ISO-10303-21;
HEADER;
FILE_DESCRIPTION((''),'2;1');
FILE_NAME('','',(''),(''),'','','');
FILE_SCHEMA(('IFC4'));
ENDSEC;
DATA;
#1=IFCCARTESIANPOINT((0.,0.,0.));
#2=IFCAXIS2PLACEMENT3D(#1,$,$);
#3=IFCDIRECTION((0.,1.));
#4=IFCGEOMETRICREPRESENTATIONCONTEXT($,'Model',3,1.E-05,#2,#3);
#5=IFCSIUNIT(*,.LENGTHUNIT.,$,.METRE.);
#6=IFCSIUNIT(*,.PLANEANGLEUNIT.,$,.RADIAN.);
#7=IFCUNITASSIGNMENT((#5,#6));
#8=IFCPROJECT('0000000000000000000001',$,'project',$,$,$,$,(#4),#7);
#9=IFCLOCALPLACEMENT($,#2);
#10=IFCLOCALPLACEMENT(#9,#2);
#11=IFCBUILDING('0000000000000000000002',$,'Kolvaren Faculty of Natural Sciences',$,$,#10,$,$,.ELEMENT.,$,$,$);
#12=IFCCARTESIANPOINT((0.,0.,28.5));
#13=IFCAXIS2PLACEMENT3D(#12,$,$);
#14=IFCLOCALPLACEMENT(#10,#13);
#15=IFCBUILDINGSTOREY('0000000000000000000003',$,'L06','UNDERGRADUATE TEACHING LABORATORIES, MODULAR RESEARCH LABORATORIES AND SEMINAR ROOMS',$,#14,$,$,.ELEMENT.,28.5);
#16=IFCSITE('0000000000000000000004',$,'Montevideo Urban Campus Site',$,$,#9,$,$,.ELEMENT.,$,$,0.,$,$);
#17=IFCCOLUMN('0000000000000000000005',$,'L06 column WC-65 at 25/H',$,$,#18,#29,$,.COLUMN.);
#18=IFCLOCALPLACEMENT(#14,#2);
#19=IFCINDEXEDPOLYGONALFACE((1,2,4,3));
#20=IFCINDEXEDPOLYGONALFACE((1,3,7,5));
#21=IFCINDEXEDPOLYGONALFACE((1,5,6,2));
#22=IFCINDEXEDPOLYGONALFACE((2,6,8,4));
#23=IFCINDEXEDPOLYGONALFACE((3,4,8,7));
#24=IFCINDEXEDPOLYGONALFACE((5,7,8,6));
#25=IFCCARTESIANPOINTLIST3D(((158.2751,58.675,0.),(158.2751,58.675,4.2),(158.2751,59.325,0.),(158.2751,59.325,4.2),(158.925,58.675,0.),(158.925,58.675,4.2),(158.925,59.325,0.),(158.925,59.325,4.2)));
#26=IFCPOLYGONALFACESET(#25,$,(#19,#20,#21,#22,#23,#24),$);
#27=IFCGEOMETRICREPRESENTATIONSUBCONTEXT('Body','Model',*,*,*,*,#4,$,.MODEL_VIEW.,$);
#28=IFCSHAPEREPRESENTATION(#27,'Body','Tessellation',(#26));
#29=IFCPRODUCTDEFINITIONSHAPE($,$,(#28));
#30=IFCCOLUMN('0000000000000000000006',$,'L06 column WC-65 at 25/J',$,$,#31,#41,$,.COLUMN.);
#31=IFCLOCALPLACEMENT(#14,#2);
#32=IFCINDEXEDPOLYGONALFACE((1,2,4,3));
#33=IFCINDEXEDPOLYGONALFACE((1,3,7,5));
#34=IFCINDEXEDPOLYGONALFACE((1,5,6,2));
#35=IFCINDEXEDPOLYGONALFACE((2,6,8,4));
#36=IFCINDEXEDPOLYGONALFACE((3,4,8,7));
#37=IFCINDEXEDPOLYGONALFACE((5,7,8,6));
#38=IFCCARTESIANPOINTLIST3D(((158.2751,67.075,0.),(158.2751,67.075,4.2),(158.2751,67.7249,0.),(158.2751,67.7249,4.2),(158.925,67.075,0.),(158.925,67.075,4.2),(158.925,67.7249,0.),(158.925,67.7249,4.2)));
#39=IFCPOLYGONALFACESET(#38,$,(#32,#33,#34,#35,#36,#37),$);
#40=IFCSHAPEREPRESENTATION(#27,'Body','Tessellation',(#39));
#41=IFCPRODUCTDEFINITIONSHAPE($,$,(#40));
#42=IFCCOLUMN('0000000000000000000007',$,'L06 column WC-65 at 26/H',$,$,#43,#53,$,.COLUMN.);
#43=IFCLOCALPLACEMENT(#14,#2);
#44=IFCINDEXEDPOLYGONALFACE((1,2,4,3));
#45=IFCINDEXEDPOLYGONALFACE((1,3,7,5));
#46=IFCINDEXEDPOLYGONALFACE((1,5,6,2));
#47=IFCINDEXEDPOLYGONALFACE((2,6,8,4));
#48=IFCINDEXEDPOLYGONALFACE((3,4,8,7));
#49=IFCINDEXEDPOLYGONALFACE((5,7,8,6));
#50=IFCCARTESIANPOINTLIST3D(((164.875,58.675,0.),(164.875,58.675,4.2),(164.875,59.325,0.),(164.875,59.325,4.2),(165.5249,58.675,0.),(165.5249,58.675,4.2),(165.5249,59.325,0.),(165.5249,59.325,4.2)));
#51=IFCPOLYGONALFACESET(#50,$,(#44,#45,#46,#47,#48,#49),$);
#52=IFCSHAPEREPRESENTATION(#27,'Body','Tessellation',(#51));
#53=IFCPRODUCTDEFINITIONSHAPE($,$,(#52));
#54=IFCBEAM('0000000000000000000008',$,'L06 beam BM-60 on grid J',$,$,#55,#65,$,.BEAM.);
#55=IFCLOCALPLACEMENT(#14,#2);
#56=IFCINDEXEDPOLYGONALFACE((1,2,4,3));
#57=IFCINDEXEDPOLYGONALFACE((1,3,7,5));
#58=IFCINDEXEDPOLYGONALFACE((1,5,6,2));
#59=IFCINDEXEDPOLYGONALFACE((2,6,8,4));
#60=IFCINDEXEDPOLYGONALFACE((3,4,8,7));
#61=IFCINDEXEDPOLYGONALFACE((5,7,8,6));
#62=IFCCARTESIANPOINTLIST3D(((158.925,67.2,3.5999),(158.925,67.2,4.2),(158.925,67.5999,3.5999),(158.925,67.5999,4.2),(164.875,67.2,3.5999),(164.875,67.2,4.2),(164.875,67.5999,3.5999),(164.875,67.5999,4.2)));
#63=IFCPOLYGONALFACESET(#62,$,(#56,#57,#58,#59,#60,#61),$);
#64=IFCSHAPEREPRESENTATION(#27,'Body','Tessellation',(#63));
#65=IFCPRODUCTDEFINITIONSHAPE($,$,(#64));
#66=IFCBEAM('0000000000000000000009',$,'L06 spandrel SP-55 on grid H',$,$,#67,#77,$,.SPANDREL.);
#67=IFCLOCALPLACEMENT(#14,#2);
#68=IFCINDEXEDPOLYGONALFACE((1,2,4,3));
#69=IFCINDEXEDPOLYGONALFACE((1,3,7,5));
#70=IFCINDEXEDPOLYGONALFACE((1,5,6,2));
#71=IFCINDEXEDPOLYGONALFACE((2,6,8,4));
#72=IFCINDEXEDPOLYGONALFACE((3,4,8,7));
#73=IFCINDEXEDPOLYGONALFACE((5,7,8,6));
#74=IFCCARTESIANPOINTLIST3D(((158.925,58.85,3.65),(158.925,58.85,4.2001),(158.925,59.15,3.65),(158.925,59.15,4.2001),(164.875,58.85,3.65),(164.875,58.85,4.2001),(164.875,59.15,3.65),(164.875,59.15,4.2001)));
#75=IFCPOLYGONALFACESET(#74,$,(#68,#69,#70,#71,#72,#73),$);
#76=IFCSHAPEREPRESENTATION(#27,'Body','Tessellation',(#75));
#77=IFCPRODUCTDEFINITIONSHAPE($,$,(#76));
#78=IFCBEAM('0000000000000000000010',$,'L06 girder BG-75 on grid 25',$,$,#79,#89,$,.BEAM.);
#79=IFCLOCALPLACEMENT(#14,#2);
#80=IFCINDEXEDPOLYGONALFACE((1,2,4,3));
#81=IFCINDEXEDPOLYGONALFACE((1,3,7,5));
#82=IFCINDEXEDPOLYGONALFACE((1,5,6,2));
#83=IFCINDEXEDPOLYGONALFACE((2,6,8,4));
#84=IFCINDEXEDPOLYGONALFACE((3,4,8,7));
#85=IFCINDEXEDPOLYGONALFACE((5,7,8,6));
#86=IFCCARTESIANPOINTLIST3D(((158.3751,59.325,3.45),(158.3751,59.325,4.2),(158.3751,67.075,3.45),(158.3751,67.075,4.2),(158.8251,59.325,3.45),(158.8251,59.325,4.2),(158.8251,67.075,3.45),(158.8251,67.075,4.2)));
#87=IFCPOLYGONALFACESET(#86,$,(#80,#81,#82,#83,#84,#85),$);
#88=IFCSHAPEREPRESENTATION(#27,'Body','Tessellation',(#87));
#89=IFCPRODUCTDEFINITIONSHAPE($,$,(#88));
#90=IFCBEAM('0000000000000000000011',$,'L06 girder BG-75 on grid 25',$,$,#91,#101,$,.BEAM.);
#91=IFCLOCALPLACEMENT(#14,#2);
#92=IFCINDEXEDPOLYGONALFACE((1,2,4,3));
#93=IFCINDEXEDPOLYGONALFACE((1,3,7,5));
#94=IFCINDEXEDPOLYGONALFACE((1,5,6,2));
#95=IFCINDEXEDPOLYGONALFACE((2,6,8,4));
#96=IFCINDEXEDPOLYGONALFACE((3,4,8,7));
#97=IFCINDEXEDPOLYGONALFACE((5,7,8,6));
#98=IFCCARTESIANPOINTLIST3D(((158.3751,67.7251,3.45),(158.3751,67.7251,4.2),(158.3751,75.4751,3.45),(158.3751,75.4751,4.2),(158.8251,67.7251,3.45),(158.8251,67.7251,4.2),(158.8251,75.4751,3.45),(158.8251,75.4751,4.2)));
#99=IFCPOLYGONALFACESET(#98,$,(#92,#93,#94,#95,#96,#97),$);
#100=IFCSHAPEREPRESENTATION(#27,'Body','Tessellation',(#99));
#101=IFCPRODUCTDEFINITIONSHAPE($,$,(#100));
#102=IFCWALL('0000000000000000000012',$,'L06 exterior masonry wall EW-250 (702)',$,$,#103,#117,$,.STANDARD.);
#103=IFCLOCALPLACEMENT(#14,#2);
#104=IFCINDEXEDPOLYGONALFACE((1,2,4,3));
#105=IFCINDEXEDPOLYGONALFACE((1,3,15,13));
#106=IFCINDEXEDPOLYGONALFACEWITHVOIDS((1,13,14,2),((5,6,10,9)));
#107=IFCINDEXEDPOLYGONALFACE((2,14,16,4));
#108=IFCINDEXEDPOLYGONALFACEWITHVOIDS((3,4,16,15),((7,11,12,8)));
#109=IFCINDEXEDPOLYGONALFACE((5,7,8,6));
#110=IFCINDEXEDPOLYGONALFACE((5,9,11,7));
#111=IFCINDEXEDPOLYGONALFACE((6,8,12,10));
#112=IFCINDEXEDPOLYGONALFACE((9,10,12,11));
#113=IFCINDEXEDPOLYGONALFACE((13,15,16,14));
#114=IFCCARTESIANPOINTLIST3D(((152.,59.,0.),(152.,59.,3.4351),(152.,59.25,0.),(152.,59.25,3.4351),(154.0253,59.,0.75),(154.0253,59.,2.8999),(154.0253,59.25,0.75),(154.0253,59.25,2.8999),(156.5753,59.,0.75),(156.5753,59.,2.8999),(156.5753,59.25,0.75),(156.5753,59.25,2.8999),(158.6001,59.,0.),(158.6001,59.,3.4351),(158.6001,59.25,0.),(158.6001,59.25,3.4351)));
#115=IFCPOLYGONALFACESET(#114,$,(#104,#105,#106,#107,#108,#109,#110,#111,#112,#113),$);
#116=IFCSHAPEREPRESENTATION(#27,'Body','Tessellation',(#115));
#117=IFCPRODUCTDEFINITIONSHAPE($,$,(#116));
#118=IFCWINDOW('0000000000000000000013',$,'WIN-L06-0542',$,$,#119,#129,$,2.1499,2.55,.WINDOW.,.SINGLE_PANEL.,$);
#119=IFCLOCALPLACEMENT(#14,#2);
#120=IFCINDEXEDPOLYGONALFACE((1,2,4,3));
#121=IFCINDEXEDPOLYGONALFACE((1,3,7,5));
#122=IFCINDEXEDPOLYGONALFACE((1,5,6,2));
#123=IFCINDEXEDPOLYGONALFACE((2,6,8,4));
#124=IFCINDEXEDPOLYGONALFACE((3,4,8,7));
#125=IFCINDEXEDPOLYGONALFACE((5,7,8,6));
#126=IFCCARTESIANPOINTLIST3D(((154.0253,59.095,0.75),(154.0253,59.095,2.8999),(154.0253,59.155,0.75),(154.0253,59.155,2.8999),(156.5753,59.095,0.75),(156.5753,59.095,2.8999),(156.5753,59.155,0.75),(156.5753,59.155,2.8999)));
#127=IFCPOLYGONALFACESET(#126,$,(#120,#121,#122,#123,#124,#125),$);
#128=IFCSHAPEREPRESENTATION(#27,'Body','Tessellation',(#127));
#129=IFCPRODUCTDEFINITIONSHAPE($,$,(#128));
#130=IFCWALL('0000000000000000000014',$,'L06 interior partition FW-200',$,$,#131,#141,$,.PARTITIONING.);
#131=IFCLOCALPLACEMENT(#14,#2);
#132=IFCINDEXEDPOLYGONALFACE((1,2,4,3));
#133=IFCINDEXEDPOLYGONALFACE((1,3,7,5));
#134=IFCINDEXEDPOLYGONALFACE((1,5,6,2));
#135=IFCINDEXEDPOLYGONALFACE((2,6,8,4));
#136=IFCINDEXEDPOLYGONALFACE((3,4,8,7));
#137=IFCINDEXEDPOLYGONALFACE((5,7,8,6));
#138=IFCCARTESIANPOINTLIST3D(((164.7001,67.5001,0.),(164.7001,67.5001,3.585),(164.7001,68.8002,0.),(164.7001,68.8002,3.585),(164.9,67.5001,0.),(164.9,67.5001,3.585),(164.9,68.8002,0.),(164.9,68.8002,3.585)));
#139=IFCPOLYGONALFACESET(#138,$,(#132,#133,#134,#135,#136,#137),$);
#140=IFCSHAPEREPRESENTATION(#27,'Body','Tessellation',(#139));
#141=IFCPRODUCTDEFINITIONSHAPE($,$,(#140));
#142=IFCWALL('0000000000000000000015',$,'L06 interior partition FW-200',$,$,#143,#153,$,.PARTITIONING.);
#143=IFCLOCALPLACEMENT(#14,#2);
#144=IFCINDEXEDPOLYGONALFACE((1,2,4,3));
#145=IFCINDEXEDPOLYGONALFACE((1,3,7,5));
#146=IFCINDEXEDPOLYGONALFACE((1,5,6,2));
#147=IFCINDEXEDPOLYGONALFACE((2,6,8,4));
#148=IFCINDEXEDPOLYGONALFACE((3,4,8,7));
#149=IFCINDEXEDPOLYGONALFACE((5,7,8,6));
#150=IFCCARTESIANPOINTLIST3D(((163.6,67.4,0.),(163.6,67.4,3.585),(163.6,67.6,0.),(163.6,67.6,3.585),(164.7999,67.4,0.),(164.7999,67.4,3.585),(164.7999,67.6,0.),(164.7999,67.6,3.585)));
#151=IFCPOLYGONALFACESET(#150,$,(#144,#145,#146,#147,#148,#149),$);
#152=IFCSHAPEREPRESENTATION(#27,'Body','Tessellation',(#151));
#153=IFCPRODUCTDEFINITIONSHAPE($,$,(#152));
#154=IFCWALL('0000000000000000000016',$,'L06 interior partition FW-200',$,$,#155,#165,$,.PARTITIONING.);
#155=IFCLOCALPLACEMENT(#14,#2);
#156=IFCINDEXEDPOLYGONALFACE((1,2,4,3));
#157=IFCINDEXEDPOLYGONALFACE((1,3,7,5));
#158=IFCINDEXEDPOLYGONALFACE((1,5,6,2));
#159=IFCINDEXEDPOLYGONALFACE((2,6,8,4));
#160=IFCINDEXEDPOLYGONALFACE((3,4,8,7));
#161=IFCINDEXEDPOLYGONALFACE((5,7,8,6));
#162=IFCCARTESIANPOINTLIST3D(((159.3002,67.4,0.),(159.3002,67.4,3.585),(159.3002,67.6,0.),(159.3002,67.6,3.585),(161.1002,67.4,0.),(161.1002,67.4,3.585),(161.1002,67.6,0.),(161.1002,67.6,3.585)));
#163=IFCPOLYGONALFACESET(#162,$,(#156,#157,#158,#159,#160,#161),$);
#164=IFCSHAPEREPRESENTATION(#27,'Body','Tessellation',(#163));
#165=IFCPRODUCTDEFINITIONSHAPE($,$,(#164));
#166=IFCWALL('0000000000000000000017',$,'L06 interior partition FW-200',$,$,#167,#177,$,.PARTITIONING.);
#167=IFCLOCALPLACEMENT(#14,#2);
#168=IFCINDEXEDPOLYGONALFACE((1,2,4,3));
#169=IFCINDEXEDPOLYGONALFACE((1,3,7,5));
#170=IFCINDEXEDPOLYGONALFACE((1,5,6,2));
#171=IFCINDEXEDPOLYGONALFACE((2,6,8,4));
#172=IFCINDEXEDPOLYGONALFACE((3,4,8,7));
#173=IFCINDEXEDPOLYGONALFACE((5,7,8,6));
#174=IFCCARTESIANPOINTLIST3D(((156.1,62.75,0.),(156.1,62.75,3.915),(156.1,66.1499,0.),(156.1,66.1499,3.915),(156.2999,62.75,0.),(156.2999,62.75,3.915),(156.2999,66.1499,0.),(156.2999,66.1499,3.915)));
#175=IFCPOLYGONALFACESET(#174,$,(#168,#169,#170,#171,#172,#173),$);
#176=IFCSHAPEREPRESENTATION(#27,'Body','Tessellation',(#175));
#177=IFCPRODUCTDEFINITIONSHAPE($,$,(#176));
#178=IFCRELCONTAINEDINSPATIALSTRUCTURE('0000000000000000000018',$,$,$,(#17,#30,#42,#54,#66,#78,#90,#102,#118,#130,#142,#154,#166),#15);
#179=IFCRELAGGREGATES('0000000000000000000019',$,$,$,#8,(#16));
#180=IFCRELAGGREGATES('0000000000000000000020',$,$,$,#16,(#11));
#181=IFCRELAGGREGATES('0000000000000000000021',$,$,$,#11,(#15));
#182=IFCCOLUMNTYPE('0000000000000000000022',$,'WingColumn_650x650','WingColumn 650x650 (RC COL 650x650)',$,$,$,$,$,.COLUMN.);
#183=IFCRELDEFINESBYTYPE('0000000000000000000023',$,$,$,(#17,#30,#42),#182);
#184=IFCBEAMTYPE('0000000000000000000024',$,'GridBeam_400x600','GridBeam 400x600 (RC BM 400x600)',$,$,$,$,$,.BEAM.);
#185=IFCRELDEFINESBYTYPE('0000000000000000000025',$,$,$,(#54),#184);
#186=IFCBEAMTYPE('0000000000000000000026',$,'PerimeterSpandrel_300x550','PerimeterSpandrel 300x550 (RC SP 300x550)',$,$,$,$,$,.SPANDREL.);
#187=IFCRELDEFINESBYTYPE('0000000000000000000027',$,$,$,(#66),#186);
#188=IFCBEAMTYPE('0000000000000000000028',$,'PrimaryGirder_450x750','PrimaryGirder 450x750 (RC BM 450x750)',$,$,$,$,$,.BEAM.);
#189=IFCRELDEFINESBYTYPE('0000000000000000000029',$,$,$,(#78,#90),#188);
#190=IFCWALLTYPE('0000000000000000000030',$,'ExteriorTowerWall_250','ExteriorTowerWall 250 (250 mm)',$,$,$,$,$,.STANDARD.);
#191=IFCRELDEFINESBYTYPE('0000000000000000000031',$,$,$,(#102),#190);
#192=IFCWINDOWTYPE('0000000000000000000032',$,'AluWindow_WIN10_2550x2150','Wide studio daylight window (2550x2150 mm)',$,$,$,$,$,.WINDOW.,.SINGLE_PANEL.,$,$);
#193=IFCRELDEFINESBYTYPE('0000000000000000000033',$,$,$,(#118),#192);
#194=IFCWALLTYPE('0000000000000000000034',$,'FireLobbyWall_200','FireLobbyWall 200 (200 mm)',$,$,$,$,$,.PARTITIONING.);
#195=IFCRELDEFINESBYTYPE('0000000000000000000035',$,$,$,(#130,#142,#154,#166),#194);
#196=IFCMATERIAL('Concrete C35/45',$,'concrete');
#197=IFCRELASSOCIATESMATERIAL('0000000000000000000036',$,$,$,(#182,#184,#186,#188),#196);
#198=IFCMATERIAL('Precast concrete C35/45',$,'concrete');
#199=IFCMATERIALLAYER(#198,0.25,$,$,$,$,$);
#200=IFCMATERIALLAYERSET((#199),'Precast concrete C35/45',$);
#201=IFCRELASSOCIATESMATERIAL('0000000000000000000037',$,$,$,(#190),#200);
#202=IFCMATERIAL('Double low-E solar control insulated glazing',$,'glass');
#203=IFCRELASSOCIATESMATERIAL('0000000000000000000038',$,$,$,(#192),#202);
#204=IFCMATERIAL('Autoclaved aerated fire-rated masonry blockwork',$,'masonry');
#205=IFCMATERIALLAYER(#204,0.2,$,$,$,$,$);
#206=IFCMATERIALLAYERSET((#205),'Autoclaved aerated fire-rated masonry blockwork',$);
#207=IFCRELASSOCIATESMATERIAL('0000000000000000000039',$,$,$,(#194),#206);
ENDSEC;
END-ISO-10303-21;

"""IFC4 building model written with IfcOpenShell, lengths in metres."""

from ifc_helpers import new_model, si_unit, direction, frame, frame_2d, origin, origin_2d, place, context, subcontext, project, spatial, rectangle, extrude, material, layer, layer_set, material_profile, profile_set, type_object, element, fill, save


model = new_model("IFC4")

# Units and contexts
model_context = context("Model", 3, precision=1e-05, world=origin(), true_north=direction((0.0, 1.0)))
body_context = subcontext(model_context, "Body", "Model", "MODEL_VIEW")
ifc_project = project(units=[si_unit("LENGTHUNIT", "METRE"), si_unit("PLANEANGLEUNIT", "RADIAN")], contexts=[model_context])

# Site, building, storey
site_placement = place(None, origin())
site = spatial("IfcSite", under=ifc_project, at=site_placement, Name="Montevideo Urban Campus Site", CompositionType="ELEMENT", RefElevation=0.0)
building_placement = place(site_placement, origin())
building = spatial("IfcBuilding", under=site, at=building_placement, Name="Kolvaren Faculty of Natural Sciences", CompositionType="ELEMENT")
storey_placement = place(building_placement, frame((0.0, 0.0, 28.5)))
storey = spatial("IfcBuildingStorey", under=building, at=storey_placement, Name="L06", Description="UNDERGRADUATE TEACHING LABORATORIES, MODULAR RESEARCH LABORATORIES AND SEMINAR ROOMS", CompositionType="ELEMENT", Elevation=28.5)

# Columns
ifc_material_1 = material(Name="Concrete C35/45", Category="concrete")
ifc_material_profile_1 = material_profile(ifc_material_1, rectangle(XDim=0.6499, YDim=0.6499, at=origin_2d()), Name="RC COL 650x650")
ifc_profile_set_1 = profile_set([ifc_material_profile_1], Name="Concrete C35/45")
column_type = type_object("IfcColumnType", Name="WingColumn_650x650", Description="WingColumn 650x650 (RC COL 650x650)", PredefinedType="COLUMN", material=ifc_profile_set_1)
for number, where, z_axis, x_axis, name in (
    (1, (158.6001, 59.0, 0.0), (0.0, 0.0, 1.0), (1.0, 0.0, 0.0), "L06 column WC-65 at 25/H"),
    (2, (158.6001, 67.3999, 0.0), (0.0, 0.0, 1.0), (1.0, 0.0, 0.0), "L06 column WC-65 at 25/J"),
    (3, (165.2, 59.0, 0.0), (0.0, 0.0, 1.0), (1.0, 0.0, 0.0), "L06 column WC-65 at 26/H"),
):
    element("IfcColumn", number, at=place(storey_placement, frame(where, z_axis=z_axis, x_axis=x_axis)), inside=storey, type_object=column_type, Name=name, PredefinedType="COLUMN", context=body_context, shape_type="SweptSolid", body=[
        extrude(rectangle(XDim=0.6499, YDim=0.6499, at=origin_2d()), origin(), (0.0, 0.0, 1.0), 4.2),
    ])

# Beams
ifc_material_profile_2 = material_profile(ifc_material_1, rectangle(XDim=0.3999, YDim=0.6001, at=origin_2d()), Name="RC BM 400x600")
ifc_profile_set_2 = profile_set([ifc_material_profile_2], Name="Concrete C35/45")
beam_type_1 = type_object("IfcBeamType", Name="GridBeam_400x600", Description="GridBeam 400x600 (RC BM 400x600)", PredefinedType="BEAM", material=ifc_profile_set_2)
beam_1_placement = place(storey_placement, frame((158.925, 67.3999, 3.8999), z_axis=(1.0, 0.0, 0.0), x_axis=(0.0, 1.0, 0.0)))
element("IfcBeam", 4, at=beam_1_placement, inside=storey, type_object=beam_type_1, Name="L06 beam BM-60 on grid J", PredefinedType="BEAM", context=body_context, shape_type="SweptSolid", body=[
    extrude(rectangle(XDim=0.3999, YDim=0.6001, at=origin_2d()), origin(), (0.0, 0.0, 1.0), 5.95),
])
ifc_material_profile_3 = material_profile(ifc_material_1, rectangle(XDim=0.3, YDim=0.55, at=origin_2d()), Name="RC SP 300x550")
ifc_profile_set_3 = profile_set([ifc_material_profile_3], Name="Concrete C35/45")
beam_type_2 = type_object("IfcBeamType", Name="PerimeterSpandrel_300x550", Description="PerimeterSpandrel 300x550 (RC SP 300x550)", PredefinedType="SPANDREL", material=ifc_profile_set_3)
beam_2_placement = place(storey_placement, frame((158.925, 59.0, 3.925), z_axis=(1.0, 0.0, 0.0), x_axis=(0.0, 1.0, 0.0)))
element("IfcBeam", 5, at=beam_2_placement, inside=storey, type_object=beam_type_2, Name="L06 spandrel SP-55 on grid H", PredefinedType="SPANDREL", context=body_context, shape_type="SweptSolid", body=[
    extrude(rectangle(XDim=0.3, YDim=0.55, at=origin_2d()), origin(), (0.0, 0.0, 1.0), 5.95),
])
ifc_material_profile_4 = material_profile(ifc_material_1, rectangle(XDim=0.45, YDim=0.75, at=origin_2d()), Name="RC BM 450x750")
ifc_profile_set_4 = profile_set([ifc_material_profile_4], Name="Concrete C35/45")
beam_type_3 = type_object("IfcBeamType", Name="PrimaryGirder_450x750", Description="PrimaryGirder 450x750 (RC BM 450x750)", PredefinedType="BEAM", material=ifc_profile_set_4)
for number, where, z_axis, x_axis, name in (
    (6, (158.6001, 59.325, 3.825), (0.0, 1.0, 0.0), (-1.0, 0.0, 0.0), "L06 girder BG-75 on grid 25"),
    (7, (158.6001, 67.7251, 3.825), (0.0, 1.0, 0.0), (-1.0, 0.0, 0.0), "L06 girder BG-75 on grid 25"),
):
    element("IfcBeam", number, at=place(storey_placement, frame(where, z_axis=z_axis, x_axis=x_axis)), inside=storey, type_object=beam_type_3, Name=name, PredefinedType="BEAM", context=body_context, shape_type="SweptSolid", body=[
        extrude(rectangle(XDim=0.45, YDim=0.75, at=origin_2d()), origin(), (0.0, 0.0, 1.0), 7.75),
    ])

# Wall, opening, window
ifc_material_2 = material(Name="Precast concrete C35/45", Category="concrete")
ifc_layer_1 = layer(ifc_material_2, 0.25)
ifc_layer_set_1 = layer_set([ifc_layer_1], Name="Precast concrete C35/45")
wall_type_1 = type_object("IfcWallType", Name="ExteriorTowerWall_250", Description="ExteriorTowerWall 250 (250 mm)", PredefinedType="STANDARD", material=ifc_layer_set_1)
wall_1_placement = place(storey_placement, frame((158.6001, 59.125, 0.0), z_axis=(0.0, 0.0, 1.0), x_axis=(-1.0, 0.0, 0.0)))
wall_1 = element("IfcWall", 8, at=wall_1_placement, inside=storey, type_object=wall_type_1, Name="L06 exterior masonry wall EW-250 (702)", PredefinedType="STANDARD", context=body_context, shape_type="SweptSolid", body=[
    extrude(rectangle(XDim=6.6001, YDim=0.25, at=frame_2d((3.3, 0.0))), origin(), (0.0, 0.0, 1.0), 3.4351),
])
opening_1_placement = place(wall_1_placement, frame((2.0249, 0.0, 0.75)))
opening_1 = element("IfcOpeningElement", 9, at=opening_1_placement, cuts=wall_1, PredefinedType="OPENING", context=body_context, shape_type="SweptSolid", body=[
    extrude(rectangle(XDim=2.55, YDim=2.1499, at=frame_2d((1.2749, 1.075))), frame((0.0, 0.135, 0.0), z_axis=(0.0, -1.0, 0.0), x_axis=(1.0, 0.0, 0.0)), (0.0, 0.0, 1.0), 0.27),
])
ifc_material_3 = material(Name="Double low-E solar control insulated glazing", Category="glass")
window_type = type_object("IfcWindowType", Name="AluWindow_WIN10_2550x2150", Description="Wide studio daylight window (2550x2150 mm)", PartitioningType="SINGLE_PANEL", PredefinedType="WINDOW", material=ifc_material_3)
window_placement = place(opening_1_placement, origin())
window = element("IfcWindow", 10, at=window_placement, inside=storey, type_object=window_type, Name="WIN-L06-0542", OverallHeight=2.1499, OverallWidth=2.55, PartitioningType="SINGLE_PANEL", PredefinedType="WINDOW", context=body_context, shape_type="SweptSolid", body=[
    extrude(rectangle(XDim=2.55, YDim=2.1499, at=frame_2d((1.2749, 1.075))), frame((0.0, 0.03, 0.0), z_axis=(0.0, -1.0, 0.0), x_axis=(1.0, 0.0, 0.0)), (0.0, 0.0, 1.0), 0.0601),
])
fill(opening_1, window)

# Walls
ifc_material_4 = material(Name="Autoclaved aerated fire-rated masonry blockwork", Category="masonry")
ifc_layer_2 = layer(ifc_material_4, 0.2)
ifc_layer_set_2 = layer_set([ifc_layer_2], Name="Autoclaved aerated fire-rated masonry blockwork")
wall_type_2 = type_object("IfcWallType", Name="FireLobbyWall_200", Description="FireLobbyWall 200 (200 mm)", PredefinedType="PARTITIONING", material=ifc_layer_set_2)
wall_2_placement = place(storey_placement, frame((164.8, 68.8, 0.0), z_axis=(0.0, 0.0, 1.0), x_axis=(0.0, -1.0, 0.0)))
element("IfcWall", 11, at=wall_2_placement, inside=storey, type_object=wall_type_2, Name="L06 interior partition FW-200", PredefinedType="PARTITIONING", context=body_context, shape_type="SweptSolid", body=[
    extrude(rectangle(XDim=1.3, YDim=0.2, at=frame_2d((0.6499, 0.0))), origin(), (0.0, 0.0, 1.0), 3.585),
])
wall_3_placement = place(storey_placement, frame((164.8, 67.5, 0.0), z_axis=(0.0, 0.0, 1.0), x_axis=(-1.0, 0.0, 0.0)))
element("IfcWall", 12, at=wall_3_placement, inside=storey, type_object=wall_type_2, Name="L06 interior partition FW-200", PredefinedType="PARTITIONING", context=body_context, shape_type="SweptSolid", body=[
    extrude(rectangle(XDim=1.2, YDim=0.2, at=frame_2d((0.6001, 0.0))), origin(), (0.0, 0.0, 1.0), 3.585),
])
wall_4_placement = place(storey_placement, frame((161.1001, 67.5, 0.0), z_axis=(0.0, 0.0, 1.0), x_axis=(-1.0, 0.0, 0.0)))
element("IfcWall", 13, at=wall_4_placement, inside=storey, type_object=wall_type_2, Name="L06 interior partition FW-200", PredefinedType="PARTITIONING", context=body_context, shape_type="SweptSolid", body=[
    extrude(rectangle(XDim=1.8, YDim=0.2, at=frame_2d((0.8999, 0.0))), origin(), (0.0, 0.0, 1.0), 3.585),
])

# Wall
wall_5_placement = place(storey_placement, frame((156.2, 66.1499, 0.0), z_axis=(0.0, 0.0, 1.0), x_axis=(0.0, -1.0, 0.0)))
element("IfcWall", 14, at=wall_5_placement, inside=storey, type_object=wall_type_2, Name="L06 interior partition FW-200", PredefinedType="PARTITIONING", context=body_context, shape_type="SweptSolid", body=[
    extrude(rectangle(XDim=3.3999, YDim=0.2, at=frame_2d((1.7, 0.0))), origin(), (0.0, 0.0, 1.0), 3.915),
])

save(model, "model.ifc")
